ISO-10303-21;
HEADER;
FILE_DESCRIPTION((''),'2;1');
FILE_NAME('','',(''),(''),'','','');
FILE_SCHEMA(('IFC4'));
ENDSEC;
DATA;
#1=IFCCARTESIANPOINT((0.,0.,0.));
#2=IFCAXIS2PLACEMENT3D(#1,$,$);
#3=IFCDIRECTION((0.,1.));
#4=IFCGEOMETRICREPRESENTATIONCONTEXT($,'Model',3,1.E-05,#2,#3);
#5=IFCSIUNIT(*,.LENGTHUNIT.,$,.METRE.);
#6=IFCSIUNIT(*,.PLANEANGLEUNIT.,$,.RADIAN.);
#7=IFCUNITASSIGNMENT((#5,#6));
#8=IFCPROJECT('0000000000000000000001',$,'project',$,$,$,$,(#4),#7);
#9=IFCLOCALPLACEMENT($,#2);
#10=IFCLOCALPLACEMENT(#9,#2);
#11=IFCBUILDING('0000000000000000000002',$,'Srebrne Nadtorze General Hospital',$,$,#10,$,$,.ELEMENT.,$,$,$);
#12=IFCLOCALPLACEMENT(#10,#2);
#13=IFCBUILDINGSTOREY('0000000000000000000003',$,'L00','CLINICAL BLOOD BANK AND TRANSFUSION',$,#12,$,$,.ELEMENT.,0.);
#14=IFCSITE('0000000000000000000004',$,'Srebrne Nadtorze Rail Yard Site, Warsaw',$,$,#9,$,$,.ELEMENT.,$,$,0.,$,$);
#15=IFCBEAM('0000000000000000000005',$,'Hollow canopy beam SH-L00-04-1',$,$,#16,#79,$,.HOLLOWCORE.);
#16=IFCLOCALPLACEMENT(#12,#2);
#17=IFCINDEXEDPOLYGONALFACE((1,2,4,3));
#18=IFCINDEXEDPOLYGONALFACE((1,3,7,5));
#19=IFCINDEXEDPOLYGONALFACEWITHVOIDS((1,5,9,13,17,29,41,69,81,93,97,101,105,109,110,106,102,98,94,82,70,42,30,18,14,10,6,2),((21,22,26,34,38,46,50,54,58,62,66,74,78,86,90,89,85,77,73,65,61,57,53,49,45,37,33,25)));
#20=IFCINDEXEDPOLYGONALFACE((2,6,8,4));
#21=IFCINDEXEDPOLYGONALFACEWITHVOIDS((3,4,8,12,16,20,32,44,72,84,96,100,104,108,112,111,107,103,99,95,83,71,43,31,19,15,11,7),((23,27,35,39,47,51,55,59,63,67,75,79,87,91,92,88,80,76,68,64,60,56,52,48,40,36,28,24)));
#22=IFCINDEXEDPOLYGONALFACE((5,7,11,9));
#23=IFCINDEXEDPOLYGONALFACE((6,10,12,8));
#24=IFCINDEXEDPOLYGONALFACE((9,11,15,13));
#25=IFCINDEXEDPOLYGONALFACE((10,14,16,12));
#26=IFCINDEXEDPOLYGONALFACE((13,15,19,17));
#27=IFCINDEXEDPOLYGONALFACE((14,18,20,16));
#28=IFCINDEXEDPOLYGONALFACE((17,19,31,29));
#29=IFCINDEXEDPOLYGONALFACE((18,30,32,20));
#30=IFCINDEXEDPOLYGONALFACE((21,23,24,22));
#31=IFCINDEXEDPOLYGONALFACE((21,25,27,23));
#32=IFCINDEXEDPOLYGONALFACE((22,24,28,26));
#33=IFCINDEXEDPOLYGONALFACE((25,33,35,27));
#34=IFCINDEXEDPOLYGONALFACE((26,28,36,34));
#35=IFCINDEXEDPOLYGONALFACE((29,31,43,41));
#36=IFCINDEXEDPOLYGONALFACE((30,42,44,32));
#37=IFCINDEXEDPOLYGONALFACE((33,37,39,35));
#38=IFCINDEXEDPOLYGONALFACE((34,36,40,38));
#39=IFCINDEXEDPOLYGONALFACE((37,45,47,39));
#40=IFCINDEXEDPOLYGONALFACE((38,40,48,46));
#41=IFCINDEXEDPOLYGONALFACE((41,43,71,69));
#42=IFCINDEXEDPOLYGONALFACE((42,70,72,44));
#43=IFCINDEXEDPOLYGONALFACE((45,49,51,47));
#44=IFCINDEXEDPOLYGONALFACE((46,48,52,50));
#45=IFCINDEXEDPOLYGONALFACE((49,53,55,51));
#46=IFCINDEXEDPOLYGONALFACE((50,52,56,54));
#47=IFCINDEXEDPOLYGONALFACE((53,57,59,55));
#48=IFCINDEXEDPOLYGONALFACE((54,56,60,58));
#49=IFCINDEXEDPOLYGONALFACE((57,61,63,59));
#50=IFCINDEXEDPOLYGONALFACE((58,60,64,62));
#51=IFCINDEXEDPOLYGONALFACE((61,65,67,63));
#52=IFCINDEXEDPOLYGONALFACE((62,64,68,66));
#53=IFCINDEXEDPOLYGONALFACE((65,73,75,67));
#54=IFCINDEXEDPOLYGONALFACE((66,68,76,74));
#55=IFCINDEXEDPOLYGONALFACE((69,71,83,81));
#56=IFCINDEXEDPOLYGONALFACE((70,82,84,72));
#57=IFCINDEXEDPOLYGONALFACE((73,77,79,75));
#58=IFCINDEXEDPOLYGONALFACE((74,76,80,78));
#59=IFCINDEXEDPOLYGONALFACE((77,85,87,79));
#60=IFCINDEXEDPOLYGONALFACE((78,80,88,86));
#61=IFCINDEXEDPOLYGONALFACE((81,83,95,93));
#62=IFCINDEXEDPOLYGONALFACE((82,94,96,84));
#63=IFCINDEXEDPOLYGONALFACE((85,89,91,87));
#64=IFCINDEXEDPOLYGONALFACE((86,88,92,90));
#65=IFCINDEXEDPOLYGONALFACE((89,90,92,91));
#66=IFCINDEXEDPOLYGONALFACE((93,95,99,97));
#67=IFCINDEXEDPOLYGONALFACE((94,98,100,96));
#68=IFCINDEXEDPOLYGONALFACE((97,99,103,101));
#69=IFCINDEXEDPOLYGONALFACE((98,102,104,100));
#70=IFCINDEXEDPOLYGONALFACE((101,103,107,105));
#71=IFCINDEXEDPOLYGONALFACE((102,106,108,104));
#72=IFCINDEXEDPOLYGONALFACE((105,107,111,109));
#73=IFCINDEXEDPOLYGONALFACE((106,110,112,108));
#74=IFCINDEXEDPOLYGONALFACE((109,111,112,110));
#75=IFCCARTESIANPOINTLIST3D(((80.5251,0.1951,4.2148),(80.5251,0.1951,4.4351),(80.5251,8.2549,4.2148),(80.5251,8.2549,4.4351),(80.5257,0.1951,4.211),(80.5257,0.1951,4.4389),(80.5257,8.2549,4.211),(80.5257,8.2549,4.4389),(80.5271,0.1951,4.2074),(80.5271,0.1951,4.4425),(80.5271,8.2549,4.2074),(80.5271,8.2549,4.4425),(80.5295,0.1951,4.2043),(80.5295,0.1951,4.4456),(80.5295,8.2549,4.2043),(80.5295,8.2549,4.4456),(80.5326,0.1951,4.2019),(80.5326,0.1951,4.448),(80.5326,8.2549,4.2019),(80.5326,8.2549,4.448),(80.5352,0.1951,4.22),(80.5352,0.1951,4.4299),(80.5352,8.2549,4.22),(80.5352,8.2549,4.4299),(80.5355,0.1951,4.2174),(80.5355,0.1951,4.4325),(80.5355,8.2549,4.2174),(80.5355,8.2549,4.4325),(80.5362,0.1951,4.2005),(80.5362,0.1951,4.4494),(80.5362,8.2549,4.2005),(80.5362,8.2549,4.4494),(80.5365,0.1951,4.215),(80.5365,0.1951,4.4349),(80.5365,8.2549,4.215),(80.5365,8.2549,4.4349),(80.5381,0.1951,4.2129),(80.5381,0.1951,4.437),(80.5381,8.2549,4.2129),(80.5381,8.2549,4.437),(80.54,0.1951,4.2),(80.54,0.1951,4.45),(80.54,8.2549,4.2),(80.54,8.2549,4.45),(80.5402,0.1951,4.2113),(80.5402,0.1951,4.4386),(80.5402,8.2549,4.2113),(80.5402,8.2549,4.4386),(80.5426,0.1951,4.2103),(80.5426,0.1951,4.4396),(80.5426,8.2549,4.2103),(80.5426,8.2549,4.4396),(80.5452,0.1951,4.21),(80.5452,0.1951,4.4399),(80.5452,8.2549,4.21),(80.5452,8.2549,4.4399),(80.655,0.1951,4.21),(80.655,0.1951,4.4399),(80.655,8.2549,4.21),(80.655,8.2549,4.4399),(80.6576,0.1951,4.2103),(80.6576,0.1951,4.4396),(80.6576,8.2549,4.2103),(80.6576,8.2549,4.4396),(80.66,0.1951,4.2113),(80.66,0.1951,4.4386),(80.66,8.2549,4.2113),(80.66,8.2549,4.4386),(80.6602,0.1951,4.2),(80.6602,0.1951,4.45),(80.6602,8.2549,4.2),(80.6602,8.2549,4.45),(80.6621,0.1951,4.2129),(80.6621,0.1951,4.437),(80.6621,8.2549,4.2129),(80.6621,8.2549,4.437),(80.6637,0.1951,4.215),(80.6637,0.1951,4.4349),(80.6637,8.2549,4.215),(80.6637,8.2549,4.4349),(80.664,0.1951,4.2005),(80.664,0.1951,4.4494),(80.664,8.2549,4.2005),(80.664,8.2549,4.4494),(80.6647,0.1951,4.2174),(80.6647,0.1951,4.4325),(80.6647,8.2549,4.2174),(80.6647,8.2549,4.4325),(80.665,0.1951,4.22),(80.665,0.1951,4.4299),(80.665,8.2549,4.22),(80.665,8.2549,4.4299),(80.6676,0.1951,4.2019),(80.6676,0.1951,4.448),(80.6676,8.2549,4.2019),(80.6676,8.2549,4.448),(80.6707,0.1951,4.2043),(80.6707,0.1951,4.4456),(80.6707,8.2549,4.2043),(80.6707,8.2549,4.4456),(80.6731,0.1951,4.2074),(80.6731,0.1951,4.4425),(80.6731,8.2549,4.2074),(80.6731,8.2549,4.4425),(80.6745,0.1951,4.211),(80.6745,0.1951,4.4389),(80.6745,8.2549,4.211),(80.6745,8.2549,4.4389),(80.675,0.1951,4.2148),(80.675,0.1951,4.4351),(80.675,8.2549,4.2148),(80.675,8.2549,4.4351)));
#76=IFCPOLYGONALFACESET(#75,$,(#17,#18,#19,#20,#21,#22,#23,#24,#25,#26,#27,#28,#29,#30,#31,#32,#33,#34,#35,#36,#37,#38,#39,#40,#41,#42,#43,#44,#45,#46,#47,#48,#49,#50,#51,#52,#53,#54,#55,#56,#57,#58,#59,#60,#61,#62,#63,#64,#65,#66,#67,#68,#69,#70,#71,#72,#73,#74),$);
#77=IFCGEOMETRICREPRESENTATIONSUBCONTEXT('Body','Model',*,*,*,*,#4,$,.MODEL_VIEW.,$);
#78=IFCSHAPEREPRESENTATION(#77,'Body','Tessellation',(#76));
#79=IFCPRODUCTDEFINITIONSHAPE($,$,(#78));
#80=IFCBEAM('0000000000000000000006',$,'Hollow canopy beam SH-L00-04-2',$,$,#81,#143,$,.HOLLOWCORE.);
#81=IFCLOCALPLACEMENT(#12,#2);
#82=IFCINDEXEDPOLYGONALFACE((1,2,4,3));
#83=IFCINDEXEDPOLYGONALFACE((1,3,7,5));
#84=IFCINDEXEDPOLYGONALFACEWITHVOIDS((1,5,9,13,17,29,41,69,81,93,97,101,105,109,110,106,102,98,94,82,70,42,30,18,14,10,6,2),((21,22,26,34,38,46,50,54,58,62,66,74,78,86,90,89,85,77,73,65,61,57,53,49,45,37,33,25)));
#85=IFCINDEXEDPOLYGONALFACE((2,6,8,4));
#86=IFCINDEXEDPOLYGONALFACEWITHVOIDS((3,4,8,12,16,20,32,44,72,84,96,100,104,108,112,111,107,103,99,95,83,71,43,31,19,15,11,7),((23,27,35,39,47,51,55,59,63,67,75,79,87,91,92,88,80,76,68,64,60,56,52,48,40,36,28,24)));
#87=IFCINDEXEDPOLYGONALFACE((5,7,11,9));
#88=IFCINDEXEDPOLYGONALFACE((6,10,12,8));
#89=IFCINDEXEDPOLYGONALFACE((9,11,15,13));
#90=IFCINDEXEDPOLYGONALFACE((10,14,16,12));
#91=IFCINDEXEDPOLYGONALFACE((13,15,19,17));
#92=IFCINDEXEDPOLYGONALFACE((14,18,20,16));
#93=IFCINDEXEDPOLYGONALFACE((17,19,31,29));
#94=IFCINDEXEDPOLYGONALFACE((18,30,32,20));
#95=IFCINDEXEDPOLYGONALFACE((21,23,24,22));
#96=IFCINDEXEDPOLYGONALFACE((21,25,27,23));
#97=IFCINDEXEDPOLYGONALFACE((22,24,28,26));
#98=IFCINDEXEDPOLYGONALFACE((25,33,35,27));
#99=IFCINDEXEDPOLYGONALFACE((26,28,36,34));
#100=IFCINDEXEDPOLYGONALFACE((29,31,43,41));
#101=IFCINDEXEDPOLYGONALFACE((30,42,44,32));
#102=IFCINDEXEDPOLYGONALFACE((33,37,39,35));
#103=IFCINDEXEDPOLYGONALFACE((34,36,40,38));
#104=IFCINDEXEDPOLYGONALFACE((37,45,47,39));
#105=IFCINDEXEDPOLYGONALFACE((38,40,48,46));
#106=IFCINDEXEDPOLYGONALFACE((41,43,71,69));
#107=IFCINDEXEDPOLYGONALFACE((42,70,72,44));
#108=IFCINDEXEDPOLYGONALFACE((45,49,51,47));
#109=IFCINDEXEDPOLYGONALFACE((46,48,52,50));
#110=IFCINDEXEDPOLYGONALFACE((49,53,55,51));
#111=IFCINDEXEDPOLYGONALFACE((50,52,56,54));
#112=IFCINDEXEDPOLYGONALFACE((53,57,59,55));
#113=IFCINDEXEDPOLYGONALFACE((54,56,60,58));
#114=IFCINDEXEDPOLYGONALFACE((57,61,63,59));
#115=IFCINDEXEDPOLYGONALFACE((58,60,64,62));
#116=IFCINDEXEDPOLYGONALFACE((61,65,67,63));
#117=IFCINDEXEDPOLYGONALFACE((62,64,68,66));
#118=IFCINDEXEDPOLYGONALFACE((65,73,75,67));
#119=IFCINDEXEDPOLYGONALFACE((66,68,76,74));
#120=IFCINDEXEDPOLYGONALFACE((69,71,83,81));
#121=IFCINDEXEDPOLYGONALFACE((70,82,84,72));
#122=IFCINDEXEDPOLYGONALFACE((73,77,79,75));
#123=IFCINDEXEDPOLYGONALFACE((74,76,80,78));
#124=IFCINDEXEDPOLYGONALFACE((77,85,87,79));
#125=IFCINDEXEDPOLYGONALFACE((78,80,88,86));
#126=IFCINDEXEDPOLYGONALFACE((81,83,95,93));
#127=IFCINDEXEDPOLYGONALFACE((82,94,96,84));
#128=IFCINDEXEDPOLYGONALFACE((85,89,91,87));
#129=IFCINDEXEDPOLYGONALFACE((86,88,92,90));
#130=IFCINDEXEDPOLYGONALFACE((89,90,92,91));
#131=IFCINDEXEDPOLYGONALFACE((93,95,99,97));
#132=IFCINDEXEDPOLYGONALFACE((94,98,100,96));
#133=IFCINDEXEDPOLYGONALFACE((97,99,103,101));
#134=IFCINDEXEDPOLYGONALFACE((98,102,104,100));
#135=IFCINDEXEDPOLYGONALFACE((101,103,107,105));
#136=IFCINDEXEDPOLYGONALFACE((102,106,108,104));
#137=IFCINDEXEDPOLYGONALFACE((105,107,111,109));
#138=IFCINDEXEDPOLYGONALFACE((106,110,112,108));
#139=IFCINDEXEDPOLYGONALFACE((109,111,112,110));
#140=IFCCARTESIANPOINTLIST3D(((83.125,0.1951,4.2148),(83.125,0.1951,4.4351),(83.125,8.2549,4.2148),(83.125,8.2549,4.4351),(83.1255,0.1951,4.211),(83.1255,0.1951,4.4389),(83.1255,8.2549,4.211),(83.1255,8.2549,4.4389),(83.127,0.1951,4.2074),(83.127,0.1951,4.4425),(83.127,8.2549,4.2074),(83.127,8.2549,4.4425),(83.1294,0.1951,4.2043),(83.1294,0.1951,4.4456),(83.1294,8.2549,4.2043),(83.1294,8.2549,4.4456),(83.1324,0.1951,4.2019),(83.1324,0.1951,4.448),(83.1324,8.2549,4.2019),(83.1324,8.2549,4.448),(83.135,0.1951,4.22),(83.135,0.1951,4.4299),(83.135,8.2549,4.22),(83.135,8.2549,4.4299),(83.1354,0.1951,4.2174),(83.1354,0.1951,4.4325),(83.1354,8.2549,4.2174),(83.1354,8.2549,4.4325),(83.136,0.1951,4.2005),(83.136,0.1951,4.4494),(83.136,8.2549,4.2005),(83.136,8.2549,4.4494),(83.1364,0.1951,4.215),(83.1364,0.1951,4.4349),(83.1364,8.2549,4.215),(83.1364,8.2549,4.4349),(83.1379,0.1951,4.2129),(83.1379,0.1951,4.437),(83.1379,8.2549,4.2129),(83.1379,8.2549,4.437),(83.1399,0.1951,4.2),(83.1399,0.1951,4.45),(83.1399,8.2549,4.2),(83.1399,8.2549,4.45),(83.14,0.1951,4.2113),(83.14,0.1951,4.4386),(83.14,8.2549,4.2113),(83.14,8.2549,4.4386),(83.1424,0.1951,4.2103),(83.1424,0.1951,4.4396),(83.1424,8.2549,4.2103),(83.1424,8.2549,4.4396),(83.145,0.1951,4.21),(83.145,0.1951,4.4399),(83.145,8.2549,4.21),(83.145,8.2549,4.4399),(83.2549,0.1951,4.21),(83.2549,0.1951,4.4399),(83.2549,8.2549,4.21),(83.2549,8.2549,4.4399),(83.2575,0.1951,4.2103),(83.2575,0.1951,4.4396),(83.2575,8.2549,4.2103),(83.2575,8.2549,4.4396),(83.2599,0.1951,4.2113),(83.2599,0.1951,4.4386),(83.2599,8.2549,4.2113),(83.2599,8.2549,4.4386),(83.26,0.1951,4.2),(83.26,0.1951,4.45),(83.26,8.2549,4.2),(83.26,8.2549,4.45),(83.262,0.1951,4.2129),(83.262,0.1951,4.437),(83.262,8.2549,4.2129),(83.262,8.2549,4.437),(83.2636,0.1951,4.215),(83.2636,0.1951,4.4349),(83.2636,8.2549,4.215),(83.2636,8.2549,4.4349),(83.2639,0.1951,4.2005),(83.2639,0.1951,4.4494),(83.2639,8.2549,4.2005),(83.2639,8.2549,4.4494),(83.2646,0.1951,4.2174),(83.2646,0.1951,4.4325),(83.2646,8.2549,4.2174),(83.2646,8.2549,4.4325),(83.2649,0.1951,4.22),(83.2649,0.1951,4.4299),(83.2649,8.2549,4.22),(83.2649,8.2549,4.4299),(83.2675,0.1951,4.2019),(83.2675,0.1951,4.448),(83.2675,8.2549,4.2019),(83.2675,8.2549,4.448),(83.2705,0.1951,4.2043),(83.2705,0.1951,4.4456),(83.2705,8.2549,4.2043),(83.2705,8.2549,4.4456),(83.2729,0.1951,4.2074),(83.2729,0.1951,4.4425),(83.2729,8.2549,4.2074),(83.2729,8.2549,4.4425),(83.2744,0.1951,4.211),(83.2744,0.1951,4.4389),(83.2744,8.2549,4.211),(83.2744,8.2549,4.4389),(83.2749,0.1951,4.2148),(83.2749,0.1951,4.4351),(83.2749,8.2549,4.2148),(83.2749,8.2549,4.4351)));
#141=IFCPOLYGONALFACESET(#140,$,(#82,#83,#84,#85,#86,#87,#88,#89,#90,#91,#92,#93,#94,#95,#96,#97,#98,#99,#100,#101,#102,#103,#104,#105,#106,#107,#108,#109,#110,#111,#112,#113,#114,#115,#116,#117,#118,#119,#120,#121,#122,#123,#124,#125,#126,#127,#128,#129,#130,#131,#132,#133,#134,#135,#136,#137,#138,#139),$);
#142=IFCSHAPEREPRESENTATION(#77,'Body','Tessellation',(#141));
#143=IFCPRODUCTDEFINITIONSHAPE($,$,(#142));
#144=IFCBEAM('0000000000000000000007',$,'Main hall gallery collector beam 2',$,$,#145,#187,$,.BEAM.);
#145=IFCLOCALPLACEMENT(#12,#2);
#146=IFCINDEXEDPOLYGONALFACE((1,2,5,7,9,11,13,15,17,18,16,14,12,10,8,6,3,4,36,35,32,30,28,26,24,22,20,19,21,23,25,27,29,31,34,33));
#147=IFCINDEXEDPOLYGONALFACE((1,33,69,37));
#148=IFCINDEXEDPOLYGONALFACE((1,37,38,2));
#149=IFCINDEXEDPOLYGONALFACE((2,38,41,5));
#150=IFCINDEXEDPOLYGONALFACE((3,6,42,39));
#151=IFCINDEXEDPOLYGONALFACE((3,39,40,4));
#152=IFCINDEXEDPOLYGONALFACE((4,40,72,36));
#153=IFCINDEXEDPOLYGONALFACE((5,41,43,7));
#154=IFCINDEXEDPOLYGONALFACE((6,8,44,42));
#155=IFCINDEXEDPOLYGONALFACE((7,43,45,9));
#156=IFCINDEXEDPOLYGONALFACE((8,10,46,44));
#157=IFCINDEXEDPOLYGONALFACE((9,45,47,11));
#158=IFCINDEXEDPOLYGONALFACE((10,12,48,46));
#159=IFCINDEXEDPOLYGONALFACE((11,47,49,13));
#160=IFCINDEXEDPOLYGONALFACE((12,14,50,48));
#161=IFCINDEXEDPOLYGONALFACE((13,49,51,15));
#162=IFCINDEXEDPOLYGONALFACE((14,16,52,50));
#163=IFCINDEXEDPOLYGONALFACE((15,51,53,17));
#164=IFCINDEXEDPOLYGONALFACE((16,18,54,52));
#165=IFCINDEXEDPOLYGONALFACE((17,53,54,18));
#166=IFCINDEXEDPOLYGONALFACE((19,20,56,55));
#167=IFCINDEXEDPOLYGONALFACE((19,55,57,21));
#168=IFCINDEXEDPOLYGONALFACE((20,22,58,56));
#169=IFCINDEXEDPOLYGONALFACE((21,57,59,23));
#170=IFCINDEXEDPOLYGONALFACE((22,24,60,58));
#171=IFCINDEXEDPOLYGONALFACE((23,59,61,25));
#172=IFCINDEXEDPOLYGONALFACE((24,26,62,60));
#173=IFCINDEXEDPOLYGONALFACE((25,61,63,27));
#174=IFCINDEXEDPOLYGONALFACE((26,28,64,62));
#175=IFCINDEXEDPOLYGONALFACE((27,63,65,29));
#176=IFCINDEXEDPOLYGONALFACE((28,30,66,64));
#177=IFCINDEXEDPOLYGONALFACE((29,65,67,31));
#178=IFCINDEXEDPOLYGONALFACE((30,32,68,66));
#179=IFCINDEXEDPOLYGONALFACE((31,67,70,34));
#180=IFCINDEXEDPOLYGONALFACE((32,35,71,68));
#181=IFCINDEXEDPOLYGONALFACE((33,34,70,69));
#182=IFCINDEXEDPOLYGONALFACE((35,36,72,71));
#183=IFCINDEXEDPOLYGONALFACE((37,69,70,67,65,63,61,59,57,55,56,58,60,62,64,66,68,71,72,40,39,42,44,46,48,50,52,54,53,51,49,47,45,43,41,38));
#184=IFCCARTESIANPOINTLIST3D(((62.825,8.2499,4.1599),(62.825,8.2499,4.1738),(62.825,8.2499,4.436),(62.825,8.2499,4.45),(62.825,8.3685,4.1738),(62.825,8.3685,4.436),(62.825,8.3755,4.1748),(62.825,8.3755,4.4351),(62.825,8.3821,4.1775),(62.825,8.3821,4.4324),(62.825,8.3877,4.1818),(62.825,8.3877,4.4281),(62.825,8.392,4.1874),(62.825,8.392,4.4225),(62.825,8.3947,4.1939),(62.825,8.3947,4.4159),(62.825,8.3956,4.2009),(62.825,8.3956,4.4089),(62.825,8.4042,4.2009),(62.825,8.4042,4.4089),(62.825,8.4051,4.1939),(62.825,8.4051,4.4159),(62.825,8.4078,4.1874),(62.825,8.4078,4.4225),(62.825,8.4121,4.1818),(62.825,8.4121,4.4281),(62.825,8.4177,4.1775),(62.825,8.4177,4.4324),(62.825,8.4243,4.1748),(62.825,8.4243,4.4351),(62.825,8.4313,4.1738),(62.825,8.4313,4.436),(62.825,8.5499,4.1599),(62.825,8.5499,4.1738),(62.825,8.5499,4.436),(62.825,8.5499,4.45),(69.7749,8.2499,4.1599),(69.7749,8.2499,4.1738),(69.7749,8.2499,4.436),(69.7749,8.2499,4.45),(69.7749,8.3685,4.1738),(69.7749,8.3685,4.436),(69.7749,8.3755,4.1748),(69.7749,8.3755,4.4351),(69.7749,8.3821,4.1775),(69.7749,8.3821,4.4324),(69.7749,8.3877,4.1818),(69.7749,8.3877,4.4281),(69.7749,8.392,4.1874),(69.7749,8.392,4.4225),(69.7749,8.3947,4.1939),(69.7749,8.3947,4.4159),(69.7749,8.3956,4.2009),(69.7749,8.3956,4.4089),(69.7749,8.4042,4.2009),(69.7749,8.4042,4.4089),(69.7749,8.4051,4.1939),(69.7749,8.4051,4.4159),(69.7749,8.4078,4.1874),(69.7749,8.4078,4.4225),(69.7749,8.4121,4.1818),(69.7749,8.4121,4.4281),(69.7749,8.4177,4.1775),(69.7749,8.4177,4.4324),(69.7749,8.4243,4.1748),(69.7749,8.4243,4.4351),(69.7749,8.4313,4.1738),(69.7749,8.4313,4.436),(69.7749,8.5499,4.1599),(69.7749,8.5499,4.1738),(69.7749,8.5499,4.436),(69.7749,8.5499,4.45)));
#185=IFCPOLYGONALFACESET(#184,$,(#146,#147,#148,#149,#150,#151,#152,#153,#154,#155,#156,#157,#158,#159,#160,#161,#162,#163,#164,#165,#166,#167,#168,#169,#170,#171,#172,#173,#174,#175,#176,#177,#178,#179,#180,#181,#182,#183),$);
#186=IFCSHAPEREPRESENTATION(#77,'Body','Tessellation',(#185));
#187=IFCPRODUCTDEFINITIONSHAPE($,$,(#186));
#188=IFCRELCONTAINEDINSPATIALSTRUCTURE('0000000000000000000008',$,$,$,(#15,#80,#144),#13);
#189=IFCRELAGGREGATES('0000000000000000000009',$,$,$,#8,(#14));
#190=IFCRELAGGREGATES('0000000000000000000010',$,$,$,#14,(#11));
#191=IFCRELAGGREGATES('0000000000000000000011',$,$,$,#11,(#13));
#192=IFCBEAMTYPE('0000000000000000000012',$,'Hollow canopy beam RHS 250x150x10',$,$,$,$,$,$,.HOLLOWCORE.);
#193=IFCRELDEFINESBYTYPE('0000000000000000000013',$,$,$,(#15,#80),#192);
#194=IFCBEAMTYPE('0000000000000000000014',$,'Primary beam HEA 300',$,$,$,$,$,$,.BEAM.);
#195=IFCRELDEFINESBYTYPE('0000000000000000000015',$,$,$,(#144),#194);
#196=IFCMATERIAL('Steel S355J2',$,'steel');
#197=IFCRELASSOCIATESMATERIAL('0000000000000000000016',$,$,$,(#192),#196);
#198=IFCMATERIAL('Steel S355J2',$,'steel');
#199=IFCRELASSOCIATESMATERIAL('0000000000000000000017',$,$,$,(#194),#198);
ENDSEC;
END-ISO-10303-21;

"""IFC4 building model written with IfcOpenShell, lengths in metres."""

from ifc_helpers import new_model, si_unit, direction, frame, origin, origin_2d, place, context, subcontext, project, spatial, hollow_rectangle, i_section, extrude, material, material_profile, profile_set, type_object, element, save


model = new_model("IFC4")

# Units and contexts
model_context = context("Model", 3, precision=1e-05, world=origin(), true_north=direction((0.0, 1.0)))
body_context = subcontext(model_context, "Body", "Model", "MODEL_VIEW")
ifc_project = project(units=[si_unit("LENGTHUNIT", "METRE"), si_unit("PLANEANGLEUNIT", "RADIAN")], contexts=[model_context])

# Site, building, storey
site_placement = place(None, origin())
site = spatial("IfcSite", under=ifc_project, at=site_placement, Name="Srebrne Nadtorze Rail Yard Site, Warsaw", CompositionType="ELEMENT", RefElevation=0.0)
building_placement = place(site_placement, origin())
building = spatial("IfcBuilding", under=site, at=building_placement, Name="Srebrne Nadtorze General Hospital", CompositionType="ELEMENT")
storey_placement = place(building_placement, origin())
storey = spatial("IfcBuildingStorey", under=building, at=storey_placement, Name="L00", Description="CLINICAL BLOOD BANK AND TRANSFUSION", CompositionType="ELEMENT", Elevation=0.0)

# Beams
ifc_material_1 = material(Name="Steel S355J2", Category="steel")
ifc_material_profile_1 = material_profile(ifc_material_1, hollow_rectangle(XDim=0.1499, YDim=0.25, WallThickness=0.01, InnerFilletRadius=0.01, OuterFilletRadius=0.0149, at=origin_2d()), Name="RHS-250x150x10")
ifc_profile_set_1 = profile_set([ifc_material_profile_1], Name="Steel S355J2")
beam_type_1 = type_object("IfcBeamType", Name="Hollow canopy beam RHS 250x150x10", PredefinedType="HOLLOWCORE", material=ifc_profile_set_1)
for number, where, z_axis, x_axis, name in (
    (1, (80.6001, 0.1951, 4.325), (0.0, 1.0, 0.0), (-1.0, 0.0, 0.0), "Hollow canopy beam SH-L00-04-1"),
    (2, (83.2, 0.1951, 4.325), (0.0, 1.0, 0.0), (-1.0, 0.0, 0.0), "Hollow canopy beam SH-L00-04-2"),
):
    element("IfcBeam", number, at=place(storey_placement, frame(where, z_axis=z_axis, x_axis=x_axis)), inside=storey, type_object=beam_type_1, Name=name, PredefinedType="HOLLOWCORE", context=body_context, shape_type="SweptSolid", body=[
        extrude(hollow_rectangle(XDim=0.1499, YDim=0.25, WallThickness=0.01, InnerFilletRadius=0.01, OuterFilletRadius=0.0149, at=origin_2d()), origin(), (0.0, 0.0, 1.0), 8.0598),
    ])
ifc_material_2 = material(Name="Steel S355J2", Category="steel")
ifc_material_profile_2 = material_profile(ifc_material_2, i_section(OverallWidth=0.3, OverallDepth=0.29, WebThickness=0.0085, FlangeThickness=0.0139, FilletRadius=0.0271, at=origin_2d()), Name="HEA-300")
ifc_profile_set_2 = profile_set([ifc_material_profile_2], Name="Steel S355J2")
beam_type_2 = type_object("IfcBeamType", Name="Primary beam HEA 300", PredefinedType="BEAM", material=ifc_profile_set_2)
for number, where, z_axis, x_axis, name in (
    (3, (62.825, 8.3999, 4.3049), (1.0, 0.0, 0.0), (0.0, 1.0, 0.0), "Main hall gallery collector beam 2"),
):
    element("IfcBeam", number, at=place(storey_placement, frame(where, z_axis=z_axis, x_axis=x_axis)), inside=storey, type_object=beam_type_2, Name=name, PredefinedType="BEAM", context=body_context, shape_type="SweptSolid", body=[
        extrude(i_section(OverallWidth=0.3, OverallDepth=0.29, WebThickness=0.0085, FlangeThickness=0.0139, FilletRadius=0.0271, at=origin_2d()), origin(), (0.0, 0.0, 1.0), 6.95),
    ])

save(model, "model.ifc")
